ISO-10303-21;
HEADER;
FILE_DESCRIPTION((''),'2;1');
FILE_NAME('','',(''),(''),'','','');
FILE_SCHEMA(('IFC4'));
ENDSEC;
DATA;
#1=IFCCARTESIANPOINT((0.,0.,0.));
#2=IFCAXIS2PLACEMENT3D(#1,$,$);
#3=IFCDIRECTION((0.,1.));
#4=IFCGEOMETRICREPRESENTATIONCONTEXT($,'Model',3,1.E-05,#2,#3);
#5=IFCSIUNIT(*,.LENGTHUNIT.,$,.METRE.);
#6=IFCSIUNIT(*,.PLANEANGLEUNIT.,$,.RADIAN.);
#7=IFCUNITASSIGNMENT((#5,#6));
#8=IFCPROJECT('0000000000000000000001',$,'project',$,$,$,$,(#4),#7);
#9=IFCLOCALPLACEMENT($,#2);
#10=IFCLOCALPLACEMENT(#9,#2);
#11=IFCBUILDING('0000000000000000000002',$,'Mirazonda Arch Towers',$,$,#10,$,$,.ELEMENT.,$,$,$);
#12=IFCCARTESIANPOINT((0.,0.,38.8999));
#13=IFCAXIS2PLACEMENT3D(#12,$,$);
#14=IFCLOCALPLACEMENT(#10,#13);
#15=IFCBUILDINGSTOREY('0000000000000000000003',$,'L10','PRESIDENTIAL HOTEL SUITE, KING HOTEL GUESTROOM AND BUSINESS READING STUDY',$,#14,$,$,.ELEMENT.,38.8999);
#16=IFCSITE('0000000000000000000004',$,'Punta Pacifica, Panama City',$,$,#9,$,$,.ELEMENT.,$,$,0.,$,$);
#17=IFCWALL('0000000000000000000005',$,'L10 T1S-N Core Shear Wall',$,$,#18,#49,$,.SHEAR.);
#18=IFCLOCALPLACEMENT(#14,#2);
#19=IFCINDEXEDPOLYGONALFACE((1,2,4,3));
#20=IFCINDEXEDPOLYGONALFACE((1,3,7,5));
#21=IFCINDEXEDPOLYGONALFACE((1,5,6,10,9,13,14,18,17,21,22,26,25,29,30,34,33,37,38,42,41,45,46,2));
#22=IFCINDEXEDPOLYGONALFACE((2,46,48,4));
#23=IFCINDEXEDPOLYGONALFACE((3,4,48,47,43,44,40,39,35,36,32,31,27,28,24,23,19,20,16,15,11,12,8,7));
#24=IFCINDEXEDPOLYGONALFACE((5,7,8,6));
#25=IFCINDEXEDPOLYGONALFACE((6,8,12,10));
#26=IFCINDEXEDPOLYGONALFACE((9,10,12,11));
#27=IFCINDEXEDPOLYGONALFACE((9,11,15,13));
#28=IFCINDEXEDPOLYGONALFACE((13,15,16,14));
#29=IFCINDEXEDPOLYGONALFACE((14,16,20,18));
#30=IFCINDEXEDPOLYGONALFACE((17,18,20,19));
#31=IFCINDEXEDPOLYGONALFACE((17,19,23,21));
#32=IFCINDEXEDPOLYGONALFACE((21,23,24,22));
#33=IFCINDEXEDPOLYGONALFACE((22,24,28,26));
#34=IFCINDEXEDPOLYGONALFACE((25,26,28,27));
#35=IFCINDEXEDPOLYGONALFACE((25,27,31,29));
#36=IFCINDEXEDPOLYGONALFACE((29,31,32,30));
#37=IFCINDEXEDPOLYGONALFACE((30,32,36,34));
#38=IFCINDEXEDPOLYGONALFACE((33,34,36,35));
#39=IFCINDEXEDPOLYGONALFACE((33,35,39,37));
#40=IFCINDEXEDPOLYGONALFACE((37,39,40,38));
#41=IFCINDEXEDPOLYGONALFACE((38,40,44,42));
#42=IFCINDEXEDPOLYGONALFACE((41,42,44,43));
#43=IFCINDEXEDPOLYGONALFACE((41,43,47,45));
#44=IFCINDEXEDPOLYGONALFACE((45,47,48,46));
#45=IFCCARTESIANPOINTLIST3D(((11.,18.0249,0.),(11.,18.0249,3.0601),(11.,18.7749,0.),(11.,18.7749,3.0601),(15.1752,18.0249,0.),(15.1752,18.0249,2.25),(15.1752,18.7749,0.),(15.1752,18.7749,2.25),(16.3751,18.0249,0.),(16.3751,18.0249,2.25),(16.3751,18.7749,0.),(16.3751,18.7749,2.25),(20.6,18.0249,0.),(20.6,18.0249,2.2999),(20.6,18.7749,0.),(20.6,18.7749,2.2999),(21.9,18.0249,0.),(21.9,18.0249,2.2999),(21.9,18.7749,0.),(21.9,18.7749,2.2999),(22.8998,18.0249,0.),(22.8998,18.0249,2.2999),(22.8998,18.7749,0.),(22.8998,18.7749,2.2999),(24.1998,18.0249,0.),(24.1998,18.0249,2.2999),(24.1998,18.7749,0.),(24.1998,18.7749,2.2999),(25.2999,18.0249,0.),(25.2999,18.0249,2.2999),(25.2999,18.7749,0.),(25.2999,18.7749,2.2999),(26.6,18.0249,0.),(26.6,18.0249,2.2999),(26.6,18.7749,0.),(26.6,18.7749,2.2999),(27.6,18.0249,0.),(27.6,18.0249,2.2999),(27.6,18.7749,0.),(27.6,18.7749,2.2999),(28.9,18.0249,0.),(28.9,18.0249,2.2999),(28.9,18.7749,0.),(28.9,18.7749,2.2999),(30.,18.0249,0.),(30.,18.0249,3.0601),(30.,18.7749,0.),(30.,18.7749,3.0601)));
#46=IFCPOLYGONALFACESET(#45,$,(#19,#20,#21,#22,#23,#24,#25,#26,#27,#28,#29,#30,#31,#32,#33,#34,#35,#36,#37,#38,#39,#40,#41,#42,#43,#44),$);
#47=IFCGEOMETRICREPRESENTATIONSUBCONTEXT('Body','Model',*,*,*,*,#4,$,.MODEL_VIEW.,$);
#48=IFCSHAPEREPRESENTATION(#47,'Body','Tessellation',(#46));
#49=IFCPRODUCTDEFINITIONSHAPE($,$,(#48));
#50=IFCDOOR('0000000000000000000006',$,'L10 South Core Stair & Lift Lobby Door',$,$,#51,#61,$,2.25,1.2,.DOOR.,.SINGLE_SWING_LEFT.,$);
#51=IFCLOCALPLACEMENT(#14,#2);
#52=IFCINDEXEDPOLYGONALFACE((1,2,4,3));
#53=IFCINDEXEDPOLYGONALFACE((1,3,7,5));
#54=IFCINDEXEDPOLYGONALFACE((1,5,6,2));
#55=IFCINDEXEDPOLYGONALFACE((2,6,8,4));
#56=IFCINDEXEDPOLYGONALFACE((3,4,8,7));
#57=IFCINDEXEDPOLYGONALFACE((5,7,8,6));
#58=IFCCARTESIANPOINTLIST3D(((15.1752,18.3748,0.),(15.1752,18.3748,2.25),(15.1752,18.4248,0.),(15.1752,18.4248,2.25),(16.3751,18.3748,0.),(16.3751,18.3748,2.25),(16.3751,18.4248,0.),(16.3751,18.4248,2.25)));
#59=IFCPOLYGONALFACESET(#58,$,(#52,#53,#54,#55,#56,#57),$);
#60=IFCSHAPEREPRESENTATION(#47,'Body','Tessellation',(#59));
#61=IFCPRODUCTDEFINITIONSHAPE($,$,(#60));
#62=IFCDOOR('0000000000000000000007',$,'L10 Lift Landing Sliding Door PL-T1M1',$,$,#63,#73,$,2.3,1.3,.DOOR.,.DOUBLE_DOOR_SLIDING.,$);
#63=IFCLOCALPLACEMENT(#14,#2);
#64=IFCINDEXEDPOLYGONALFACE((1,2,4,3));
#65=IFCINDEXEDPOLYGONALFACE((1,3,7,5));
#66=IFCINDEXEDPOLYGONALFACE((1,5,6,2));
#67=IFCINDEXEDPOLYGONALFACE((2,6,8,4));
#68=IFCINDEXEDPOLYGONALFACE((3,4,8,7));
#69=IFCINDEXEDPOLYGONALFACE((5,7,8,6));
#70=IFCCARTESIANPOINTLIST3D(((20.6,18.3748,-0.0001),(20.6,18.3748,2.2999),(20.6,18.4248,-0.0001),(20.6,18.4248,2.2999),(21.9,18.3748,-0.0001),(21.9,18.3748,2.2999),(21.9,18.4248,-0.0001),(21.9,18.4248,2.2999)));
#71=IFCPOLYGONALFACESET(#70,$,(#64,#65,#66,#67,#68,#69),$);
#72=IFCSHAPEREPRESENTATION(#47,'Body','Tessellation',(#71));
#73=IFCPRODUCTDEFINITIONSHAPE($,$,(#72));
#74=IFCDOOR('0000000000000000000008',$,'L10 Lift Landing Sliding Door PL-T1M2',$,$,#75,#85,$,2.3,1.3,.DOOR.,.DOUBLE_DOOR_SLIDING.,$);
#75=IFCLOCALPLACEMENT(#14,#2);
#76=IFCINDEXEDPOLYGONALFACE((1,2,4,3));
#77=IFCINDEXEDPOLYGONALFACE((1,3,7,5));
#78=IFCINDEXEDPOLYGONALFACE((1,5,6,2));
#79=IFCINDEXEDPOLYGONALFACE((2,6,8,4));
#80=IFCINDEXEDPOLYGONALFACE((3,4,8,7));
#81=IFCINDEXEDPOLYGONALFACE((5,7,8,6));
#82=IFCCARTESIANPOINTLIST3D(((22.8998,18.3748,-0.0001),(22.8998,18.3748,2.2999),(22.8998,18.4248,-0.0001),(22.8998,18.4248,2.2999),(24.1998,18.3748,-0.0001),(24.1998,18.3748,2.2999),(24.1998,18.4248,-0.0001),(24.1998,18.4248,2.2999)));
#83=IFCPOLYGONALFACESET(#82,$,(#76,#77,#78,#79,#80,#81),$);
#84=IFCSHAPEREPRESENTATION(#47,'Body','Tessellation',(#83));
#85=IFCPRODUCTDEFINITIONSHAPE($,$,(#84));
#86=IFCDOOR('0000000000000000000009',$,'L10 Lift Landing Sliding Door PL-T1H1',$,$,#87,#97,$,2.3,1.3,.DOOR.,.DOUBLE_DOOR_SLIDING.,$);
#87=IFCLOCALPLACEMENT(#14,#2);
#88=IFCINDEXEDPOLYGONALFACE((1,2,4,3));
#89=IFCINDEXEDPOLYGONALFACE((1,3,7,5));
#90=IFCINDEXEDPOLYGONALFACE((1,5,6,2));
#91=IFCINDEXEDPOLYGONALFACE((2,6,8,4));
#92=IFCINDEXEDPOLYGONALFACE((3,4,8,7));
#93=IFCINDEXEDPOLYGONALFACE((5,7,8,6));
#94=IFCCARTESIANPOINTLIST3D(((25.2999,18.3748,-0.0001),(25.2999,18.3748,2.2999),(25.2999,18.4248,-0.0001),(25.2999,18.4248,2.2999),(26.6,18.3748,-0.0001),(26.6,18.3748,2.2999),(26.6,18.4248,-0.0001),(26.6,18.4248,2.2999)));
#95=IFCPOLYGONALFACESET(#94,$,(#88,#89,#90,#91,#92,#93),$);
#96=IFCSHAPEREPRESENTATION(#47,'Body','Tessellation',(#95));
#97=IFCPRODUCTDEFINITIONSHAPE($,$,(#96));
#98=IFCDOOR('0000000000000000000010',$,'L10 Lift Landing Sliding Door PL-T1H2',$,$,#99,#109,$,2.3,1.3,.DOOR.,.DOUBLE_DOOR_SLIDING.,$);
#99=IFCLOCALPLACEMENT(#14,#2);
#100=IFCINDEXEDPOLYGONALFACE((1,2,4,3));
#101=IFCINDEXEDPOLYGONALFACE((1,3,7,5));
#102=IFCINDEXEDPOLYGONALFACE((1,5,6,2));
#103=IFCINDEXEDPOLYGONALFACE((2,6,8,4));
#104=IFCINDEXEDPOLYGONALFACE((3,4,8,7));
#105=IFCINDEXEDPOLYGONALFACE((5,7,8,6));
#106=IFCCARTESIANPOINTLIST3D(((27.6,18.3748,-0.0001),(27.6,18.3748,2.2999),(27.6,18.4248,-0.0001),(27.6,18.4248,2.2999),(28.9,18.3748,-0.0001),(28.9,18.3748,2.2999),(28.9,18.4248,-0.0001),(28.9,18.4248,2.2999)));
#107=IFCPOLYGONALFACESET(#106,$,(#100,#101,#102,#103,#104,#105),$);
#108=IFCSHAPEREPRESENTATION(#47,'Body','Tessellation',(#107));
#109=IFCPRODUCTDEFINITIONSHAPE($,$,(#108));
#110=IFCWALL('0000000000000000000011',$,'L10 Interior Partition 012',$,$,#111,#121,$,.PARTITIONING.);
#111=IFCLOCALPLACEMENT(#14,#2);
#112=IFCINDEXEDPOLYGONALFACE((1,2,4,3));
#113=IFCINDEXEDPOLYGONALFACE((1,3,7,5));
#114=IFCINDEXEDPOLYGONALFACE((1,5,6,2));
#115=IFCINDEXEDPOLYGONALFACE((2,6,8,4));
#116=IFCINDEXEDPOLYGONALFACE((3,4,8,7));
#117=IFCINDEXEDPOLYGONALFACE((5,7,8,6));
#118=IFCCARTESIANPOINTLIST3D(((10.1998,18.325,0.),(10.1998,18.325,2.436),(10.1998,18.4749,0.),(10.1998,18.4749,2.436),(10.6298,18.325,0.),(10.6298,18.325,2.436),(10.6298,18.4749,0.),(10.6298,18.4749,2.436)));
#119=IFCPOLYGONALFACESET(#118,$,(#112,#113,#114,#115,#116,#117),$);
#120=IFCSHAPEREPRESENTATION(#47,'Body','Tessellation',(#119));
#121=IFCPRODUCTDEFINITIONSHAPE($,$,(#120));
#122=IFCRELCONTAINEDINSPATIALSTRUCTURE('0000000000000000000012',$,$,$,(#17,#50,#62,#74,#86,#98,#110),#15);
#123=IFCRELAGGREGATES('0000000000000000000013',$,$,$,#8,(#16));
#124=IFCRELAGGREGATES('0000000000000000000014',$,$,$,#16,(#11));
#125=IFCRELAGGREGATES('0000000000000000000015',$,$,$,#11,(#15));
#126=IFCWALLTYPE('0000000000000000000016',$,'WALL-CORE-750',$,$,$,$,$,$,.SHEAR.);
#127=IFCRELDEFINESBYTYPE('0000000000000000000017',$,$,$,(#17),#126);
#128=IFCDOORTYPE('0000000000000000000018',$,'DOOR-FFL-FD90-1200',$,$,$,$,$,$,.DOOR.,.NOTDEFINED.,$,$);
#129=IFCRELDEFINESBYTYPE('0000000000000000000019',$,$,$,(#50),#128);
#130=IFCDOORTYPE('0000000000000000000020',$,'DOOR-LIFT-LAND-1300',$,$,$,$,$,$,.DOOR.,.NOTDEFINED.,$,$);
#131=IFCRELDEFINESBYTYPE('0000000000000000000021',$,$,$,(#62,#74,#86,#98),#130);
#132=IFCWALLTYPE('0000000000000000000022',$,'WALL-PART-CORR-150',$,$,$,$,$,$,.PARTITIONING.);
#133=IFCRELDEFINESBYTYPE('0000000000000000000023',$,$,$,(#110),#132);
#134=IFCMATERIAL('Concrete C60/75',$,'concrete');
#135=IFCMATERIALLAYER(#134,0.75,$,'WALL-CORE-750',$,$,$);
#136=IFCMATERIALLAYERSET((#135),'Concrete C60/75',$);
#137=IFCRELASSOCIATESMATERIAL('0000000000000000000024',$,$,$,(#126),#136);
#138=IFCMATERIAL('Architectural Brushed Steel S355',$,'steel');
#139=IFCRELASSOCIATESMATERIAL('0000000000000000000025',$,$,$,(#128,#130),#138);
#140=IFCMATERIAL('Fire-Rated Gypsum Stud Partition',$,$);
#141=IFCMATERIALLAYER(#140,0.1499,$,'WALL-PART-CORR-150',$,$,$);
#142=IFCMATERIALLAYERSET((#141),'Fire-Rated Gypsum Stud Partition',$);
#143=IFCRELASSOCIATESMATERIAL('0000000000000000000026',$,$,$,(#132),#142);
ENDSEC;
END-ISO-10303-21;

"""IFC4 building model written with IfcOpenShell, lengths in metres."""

from ifc_helpers import new_model, si_unit, direction, frame, frame_2d, origin, place, context, subcontext, project, spatial, rectangle, extrude, material, layer, layer_set, type_object, element, fill, save


model = new_model("IFC4")

# Units and contexts
model_context = context("Model", 3, precision=1e-05, world=origin(), true_north=direction((0.0, 1.0)))
body_context = subcontext(model_context, "Body", "Model", "MODEL_VIEW")
ifc_project = project(units=[si_unit("LENGTHUNIT", "METRE"), si_unit("PLANEANGLEUNIT", "RADIAN")], contexts=[model_context])

# Site, building, storey
site_placement = place(None, origin())
site = spatial("IfcSite", under=ifc_project, at=site_placement, Name="Punta Pacifica, Panama City", CompositionType="ELEMENT", RefElevation=0.0)
building_placement = place(site_placement, origin())
building = spatial("IfcBuilding", under=site, at=building_placement, Name="Mirazonda Arch Towers", CompositionType="ELEMENT")
storey_placement = place(building_placement, frame((0.0, 0.0, 38.8999)))
storey = spatial("IfcBuildingStorey", under=building, at=storey_placement, Name="L10", Description="PRESIDENTIAL HOTEL SUITE, KING HOTEL GUESTROOM AND BUSINESS READING STUDY", CompositionType="ELEMENT", Elevation=38.8999)

# Shared definitions
ifc_material_1 = material(Name="Concrete C60/75", Category="concrete")

# Shared definitions
ifc_material_2 = material(Name="Architectural Brushed Steel S355", Category="steel")

# Wall, openings, doors
ifc_layer_1 = layer(ifc_material_1, 0.75, Name="WALL-CORE-750")
ifc_layer_set_1 = layer_set([ifc_layer_1], Name="Concrete C60/75")
wall_type_1 = type_object("IfcWallType", Name="WALL-CORE-750", PredefinedType="SHEAR", material=ifc_layer_set_1)
wall_1_placement = place(storey_placement, frame((11.0, 18.3999, 0.0), z_axis=(0.0, 0.0, 1.0), x_axis=(1.0, 0.0, 0.0)))
wall_1 = element("IfcWall", 1, at=wall_1_placement, inside=storey, type_object=wall_type_1, Name="L10 T1S-N Core Shear Wall", PredefinedType="SHEAR", context=body_context, shape_type="SweptSolid", body=[
    extrude(rectangle(XDim=19.0, YDim=0.75, at=frame_2d((9.5, 0.0))), origin(), (0.0, 0.0, 1.0), 3.0601),
])
opening_1_placement = place(wall_1_placement, frame((4.175, 0.0, 0.0)))
opening_1 = element("IfcOpeningElement", 2, at=opening_1_placement, cuts=wall_1, PredefinedType="OPENING", context=body_context, shape_type="SweptSolid", body=[
    extrude(rectangle(XDim=1.2, YDim=2.25, at=frame_2d((0.6001, 1.125))), frame((0.0, 0.385, 0.0), z_axis=(0.0, -1.0, 0.0), x_axis=(1.0, 0.0, 0.0)), (0.0, 0.0, 1.0), 0.77),
])
opening_2_placement = place(wall_1_placement, frame((9.6001, 0.0, 0.0)))
opening_2 = element("IfcOpeningElement", 3, at=opening_2_placement, cuts=wall_1, PredefinedType="OPENING", context=body_context, shape_type="SweptSolid", body=[
    extrude(rectangle(XDim=1.3, YDim=2.3, at=frame_2d((0.6499, 1.1499))), frame((0.0, 0.385, 0.0), z_axis=(0.0, -1.0, 0.0), x_axis=(1.0, 0.0, 0.0)), (0.0, 0.0, 1.0), 0.77),
])
opening_3_placement = place(wall_1_placement, frame((11.8999, 0.0, 0.0)))
opening_3 = element("IfcOpeningElement", 4, at=opening_3_placement, cuts=wall_1, PredefinedType="OPENING", context=body_context, shape_type="SweptSolid", body=[
    extrude(rectangle(XDim=1.3, YDim=2.3, at=frame_2d((0.6499, 1.1499))), frame((0.0, 0.385, 0.0), z_axis=(0.0, -1.0, 0.0), x_axis=(1.0, 0.0, 0.0)), (0.0, 0.0, 1.0), 0.77),
])
opening_4_placement = place(wall_1_placement, frame((14.3, 0.0, 0.0)))
opening_4 = element("IfcOpeningElement", 5, at=opening_4_placement, cuts=wall_1, PredefinedType="OPENING", context=body_context, shape_type="SweptSolid", body=[
    extrude(rectangle(XDim=1.3, YDim=2.3, at=frame_2d((0.6499, 1.1499))), frame((0.0, 0.385, 0.0), z_axis=(0.0, -1.0, 0.0), x_axis=(1.0, 0.0, 0.0)), (0.0, 0.0, 1.0), 0.77),
])
opening_5_placement = place(wall_1_placement, frame((16.6001, 0.0, 0.0)))
opening_5 = element("IfcOpeningElement", 6, at=opening_5_placement, cuts=wall_1, PredefinedType="OPENING", context=body_context, shape_type="SweptSolid", body=[
    extrude(rectangle(XDim=1.3, YDim=2.3, at=frame_2d((0.6499, 1.1499))), frame((0.0, 0.385, 0.0), z_axis=(0.0, -1.0, 0.0), x_axis=(1.0, 0.0, 0.0)), (0.0, 0.0, 1.0), 0.77),
])
door_type_1 = type_object("IfcDoorType", Name="DOOR-FFL-FD90-1200", OperationType="NOTDEFINED", PredefinedType="DOOR", material=ifc_material_2)
door_1_placement = place(opening_1_placement, origin())
door_1 = element("IfcDoor", 7, at=door_1_placement, inside=storey, type_object=door_type_1, Name="L10 South Core Stair & Lift Lobby Door", OperationType="SINGLE_SWING_LEFT", OverallHeight=2.25, OverallWidth=1.2, PredefinedType="DOOR", context=body_context, shape_type="SweptSolid", body=[
    extrude(rectangle(XDim=1.2, YDim=2.25, at=frame_2d((0.6001, 1.125))), frame((0.0, 0.0249, 0.0), z_axis=(0.0, -1.0, 0.0), x_axis=(1.0, 0.0, 0.0)), (0.0, 0.0, 1.0), 0.05),
])
fill(opening_1, door_1)
door_type_2 = type_object("IfcDoorType", Name="DOOR-LIFT-LAND-1300", OperationType="NOTDEFINED", PredefinedType="DOOR", material=ifc_material_2)
door_2_placement = place(opening_2_placement, origin())
door_2 = element("IfcDoor", 8, at=door_2_placement, inside=storey, type_object=door_type_2, Name="L10 Lift Landing Sliding Door PL-T1M1", OperationType="DOUBLE_DOOR_SLIDING", OverallHeight=2.3, OverallWidth=1.3, PredefinedType="DOOR", context=body_context, shape_type="SweptSolid", body=[
    extrude(rectangle(XDim=1.3, YDim=2.3, at=frame_2d((0.6499, 1.1499))), frame((0.0, 0.0249, 0.0), z_axis=(0.0, -1.0, 0.0), x_axis=(1.0, 0.0, 0.0)), (0.0, 0.0, 1.0), 0.05),
])
fill(opening_2, door_2)
door_3_placement = place(opening_3_placement, origin())
door_3 = element("IfcDoor", 9, at=door_3_placement, inside=storey, type_object=door_type_2, Name="L10 Lift Landing Sliding Door PL-T1M2", OperationType="DOUBLE_DOOR_SLIDING", OverallHeight=2.3, OverallWidth=1.3, PredefinedType="DOOR", context=body_context, shape_type="SweptSolid", body=[
    extrude(rectangle(XDim=1.3, YDim=2.3, at=frame_2d((0.6499, 1.1499))), frame((0.0, 0.0249, 0.0), z_axis=(0.0, -1.0, 0.0), x_axis=(1.0, 0.0, 0.0)), (0.0, 0.0, 1.0), 0.05),
])
fill(opening_3, door_3)
door_4_placement = place(opening_4_placement, origin())
door_4 = element("IfcDoor", 10, at=door_4_placement, inside=storey, type_object=door_type_2, Name="L10 Lift Landing Sliding Door PL-T1H1", OperationType="DOUBLE_DOOR_SLIDING", OverallHeight=2.3, OverallWidth=1.3, PredefinedType="DOOR", context=body_context, shape_type="SweptSolid", body=[
    extrude(rectangle(XDim=1.3, YDim=2.3, at=frame_2d((0.6499, 1.1499))), frame((0.0, 0.0249, 0.0), z_axis=(0.0, -1.0, 0.0), x_axis=(1.0, 0.0, 0.0)), (0.0, 0.0, 1.0), 0.05),
])
fill(opening_4, door_4)
door_5_placement = place(opening_5_placement, origin())
door_5 = element("IfcDoor", 11, at=door_5_placement, inside=storey, type_object=door_type_2, Name="L10 Lift Landing Sliding Door PL-T1H2", OperationType="DOUBLE_DOOR_SLIDING", OverallHeight=2.3, OverallWidth=1.3, PredefinedType="DOOR", context=body_context, shape_type="SweptSolid", body=[
    extrude(rectangle(XDim=1.3, YDim=2.3, at=frame_2d((0.6499, 1.1499))), frame((0.0, 0.0249, 0.0), z_axis=(0.0, -1.0, 0.0), x_axis=(1.0, 0.0, 0.0)), (0.0, 0.0, 1.0), 0.05),
])
fill(opening_5, door_5)

# Wall
ifc_material_3 = material(Name="Fire-Rated Gypsum Stud Partition")
ifc_layer_2 = layer(ifc_material_3, 0.1499, Name="WALL-PART-CORR-150")
ifc_layer_set_2 = layer_set([ifc_layer_2], Name="Fire-Rated Gypsum Stud Partition")
wall_type_2 = type_object("IfcWallType", Name="WALL-PART-CORR-150", PredefinedType="PARTITIONING", material=ifc_layer_set_2)
wall_2_placement = place(storey_placement, frame((10.2, 18.3999, 0.0), z_axis=(0.0, 0.0, 1.0), x_axis=(1.0, 0.0, 0.0)))
element("IfcWall", 12, at=wall_2_placement, inside=storey, type_object=wall_type_2, Name="L10 Interior Partition 012", PredefinedType="PARTITIONING", context=body_context, shape_type="SweptSolid", body=[
    extrude(rectangle(XDim=0.4299, YDim=0.1499, at=frame_2d((0.2148, 0.0))), origin(), (0.0, 0.0, 1.0), 2.436),
])

save(model, "model.ifc")
